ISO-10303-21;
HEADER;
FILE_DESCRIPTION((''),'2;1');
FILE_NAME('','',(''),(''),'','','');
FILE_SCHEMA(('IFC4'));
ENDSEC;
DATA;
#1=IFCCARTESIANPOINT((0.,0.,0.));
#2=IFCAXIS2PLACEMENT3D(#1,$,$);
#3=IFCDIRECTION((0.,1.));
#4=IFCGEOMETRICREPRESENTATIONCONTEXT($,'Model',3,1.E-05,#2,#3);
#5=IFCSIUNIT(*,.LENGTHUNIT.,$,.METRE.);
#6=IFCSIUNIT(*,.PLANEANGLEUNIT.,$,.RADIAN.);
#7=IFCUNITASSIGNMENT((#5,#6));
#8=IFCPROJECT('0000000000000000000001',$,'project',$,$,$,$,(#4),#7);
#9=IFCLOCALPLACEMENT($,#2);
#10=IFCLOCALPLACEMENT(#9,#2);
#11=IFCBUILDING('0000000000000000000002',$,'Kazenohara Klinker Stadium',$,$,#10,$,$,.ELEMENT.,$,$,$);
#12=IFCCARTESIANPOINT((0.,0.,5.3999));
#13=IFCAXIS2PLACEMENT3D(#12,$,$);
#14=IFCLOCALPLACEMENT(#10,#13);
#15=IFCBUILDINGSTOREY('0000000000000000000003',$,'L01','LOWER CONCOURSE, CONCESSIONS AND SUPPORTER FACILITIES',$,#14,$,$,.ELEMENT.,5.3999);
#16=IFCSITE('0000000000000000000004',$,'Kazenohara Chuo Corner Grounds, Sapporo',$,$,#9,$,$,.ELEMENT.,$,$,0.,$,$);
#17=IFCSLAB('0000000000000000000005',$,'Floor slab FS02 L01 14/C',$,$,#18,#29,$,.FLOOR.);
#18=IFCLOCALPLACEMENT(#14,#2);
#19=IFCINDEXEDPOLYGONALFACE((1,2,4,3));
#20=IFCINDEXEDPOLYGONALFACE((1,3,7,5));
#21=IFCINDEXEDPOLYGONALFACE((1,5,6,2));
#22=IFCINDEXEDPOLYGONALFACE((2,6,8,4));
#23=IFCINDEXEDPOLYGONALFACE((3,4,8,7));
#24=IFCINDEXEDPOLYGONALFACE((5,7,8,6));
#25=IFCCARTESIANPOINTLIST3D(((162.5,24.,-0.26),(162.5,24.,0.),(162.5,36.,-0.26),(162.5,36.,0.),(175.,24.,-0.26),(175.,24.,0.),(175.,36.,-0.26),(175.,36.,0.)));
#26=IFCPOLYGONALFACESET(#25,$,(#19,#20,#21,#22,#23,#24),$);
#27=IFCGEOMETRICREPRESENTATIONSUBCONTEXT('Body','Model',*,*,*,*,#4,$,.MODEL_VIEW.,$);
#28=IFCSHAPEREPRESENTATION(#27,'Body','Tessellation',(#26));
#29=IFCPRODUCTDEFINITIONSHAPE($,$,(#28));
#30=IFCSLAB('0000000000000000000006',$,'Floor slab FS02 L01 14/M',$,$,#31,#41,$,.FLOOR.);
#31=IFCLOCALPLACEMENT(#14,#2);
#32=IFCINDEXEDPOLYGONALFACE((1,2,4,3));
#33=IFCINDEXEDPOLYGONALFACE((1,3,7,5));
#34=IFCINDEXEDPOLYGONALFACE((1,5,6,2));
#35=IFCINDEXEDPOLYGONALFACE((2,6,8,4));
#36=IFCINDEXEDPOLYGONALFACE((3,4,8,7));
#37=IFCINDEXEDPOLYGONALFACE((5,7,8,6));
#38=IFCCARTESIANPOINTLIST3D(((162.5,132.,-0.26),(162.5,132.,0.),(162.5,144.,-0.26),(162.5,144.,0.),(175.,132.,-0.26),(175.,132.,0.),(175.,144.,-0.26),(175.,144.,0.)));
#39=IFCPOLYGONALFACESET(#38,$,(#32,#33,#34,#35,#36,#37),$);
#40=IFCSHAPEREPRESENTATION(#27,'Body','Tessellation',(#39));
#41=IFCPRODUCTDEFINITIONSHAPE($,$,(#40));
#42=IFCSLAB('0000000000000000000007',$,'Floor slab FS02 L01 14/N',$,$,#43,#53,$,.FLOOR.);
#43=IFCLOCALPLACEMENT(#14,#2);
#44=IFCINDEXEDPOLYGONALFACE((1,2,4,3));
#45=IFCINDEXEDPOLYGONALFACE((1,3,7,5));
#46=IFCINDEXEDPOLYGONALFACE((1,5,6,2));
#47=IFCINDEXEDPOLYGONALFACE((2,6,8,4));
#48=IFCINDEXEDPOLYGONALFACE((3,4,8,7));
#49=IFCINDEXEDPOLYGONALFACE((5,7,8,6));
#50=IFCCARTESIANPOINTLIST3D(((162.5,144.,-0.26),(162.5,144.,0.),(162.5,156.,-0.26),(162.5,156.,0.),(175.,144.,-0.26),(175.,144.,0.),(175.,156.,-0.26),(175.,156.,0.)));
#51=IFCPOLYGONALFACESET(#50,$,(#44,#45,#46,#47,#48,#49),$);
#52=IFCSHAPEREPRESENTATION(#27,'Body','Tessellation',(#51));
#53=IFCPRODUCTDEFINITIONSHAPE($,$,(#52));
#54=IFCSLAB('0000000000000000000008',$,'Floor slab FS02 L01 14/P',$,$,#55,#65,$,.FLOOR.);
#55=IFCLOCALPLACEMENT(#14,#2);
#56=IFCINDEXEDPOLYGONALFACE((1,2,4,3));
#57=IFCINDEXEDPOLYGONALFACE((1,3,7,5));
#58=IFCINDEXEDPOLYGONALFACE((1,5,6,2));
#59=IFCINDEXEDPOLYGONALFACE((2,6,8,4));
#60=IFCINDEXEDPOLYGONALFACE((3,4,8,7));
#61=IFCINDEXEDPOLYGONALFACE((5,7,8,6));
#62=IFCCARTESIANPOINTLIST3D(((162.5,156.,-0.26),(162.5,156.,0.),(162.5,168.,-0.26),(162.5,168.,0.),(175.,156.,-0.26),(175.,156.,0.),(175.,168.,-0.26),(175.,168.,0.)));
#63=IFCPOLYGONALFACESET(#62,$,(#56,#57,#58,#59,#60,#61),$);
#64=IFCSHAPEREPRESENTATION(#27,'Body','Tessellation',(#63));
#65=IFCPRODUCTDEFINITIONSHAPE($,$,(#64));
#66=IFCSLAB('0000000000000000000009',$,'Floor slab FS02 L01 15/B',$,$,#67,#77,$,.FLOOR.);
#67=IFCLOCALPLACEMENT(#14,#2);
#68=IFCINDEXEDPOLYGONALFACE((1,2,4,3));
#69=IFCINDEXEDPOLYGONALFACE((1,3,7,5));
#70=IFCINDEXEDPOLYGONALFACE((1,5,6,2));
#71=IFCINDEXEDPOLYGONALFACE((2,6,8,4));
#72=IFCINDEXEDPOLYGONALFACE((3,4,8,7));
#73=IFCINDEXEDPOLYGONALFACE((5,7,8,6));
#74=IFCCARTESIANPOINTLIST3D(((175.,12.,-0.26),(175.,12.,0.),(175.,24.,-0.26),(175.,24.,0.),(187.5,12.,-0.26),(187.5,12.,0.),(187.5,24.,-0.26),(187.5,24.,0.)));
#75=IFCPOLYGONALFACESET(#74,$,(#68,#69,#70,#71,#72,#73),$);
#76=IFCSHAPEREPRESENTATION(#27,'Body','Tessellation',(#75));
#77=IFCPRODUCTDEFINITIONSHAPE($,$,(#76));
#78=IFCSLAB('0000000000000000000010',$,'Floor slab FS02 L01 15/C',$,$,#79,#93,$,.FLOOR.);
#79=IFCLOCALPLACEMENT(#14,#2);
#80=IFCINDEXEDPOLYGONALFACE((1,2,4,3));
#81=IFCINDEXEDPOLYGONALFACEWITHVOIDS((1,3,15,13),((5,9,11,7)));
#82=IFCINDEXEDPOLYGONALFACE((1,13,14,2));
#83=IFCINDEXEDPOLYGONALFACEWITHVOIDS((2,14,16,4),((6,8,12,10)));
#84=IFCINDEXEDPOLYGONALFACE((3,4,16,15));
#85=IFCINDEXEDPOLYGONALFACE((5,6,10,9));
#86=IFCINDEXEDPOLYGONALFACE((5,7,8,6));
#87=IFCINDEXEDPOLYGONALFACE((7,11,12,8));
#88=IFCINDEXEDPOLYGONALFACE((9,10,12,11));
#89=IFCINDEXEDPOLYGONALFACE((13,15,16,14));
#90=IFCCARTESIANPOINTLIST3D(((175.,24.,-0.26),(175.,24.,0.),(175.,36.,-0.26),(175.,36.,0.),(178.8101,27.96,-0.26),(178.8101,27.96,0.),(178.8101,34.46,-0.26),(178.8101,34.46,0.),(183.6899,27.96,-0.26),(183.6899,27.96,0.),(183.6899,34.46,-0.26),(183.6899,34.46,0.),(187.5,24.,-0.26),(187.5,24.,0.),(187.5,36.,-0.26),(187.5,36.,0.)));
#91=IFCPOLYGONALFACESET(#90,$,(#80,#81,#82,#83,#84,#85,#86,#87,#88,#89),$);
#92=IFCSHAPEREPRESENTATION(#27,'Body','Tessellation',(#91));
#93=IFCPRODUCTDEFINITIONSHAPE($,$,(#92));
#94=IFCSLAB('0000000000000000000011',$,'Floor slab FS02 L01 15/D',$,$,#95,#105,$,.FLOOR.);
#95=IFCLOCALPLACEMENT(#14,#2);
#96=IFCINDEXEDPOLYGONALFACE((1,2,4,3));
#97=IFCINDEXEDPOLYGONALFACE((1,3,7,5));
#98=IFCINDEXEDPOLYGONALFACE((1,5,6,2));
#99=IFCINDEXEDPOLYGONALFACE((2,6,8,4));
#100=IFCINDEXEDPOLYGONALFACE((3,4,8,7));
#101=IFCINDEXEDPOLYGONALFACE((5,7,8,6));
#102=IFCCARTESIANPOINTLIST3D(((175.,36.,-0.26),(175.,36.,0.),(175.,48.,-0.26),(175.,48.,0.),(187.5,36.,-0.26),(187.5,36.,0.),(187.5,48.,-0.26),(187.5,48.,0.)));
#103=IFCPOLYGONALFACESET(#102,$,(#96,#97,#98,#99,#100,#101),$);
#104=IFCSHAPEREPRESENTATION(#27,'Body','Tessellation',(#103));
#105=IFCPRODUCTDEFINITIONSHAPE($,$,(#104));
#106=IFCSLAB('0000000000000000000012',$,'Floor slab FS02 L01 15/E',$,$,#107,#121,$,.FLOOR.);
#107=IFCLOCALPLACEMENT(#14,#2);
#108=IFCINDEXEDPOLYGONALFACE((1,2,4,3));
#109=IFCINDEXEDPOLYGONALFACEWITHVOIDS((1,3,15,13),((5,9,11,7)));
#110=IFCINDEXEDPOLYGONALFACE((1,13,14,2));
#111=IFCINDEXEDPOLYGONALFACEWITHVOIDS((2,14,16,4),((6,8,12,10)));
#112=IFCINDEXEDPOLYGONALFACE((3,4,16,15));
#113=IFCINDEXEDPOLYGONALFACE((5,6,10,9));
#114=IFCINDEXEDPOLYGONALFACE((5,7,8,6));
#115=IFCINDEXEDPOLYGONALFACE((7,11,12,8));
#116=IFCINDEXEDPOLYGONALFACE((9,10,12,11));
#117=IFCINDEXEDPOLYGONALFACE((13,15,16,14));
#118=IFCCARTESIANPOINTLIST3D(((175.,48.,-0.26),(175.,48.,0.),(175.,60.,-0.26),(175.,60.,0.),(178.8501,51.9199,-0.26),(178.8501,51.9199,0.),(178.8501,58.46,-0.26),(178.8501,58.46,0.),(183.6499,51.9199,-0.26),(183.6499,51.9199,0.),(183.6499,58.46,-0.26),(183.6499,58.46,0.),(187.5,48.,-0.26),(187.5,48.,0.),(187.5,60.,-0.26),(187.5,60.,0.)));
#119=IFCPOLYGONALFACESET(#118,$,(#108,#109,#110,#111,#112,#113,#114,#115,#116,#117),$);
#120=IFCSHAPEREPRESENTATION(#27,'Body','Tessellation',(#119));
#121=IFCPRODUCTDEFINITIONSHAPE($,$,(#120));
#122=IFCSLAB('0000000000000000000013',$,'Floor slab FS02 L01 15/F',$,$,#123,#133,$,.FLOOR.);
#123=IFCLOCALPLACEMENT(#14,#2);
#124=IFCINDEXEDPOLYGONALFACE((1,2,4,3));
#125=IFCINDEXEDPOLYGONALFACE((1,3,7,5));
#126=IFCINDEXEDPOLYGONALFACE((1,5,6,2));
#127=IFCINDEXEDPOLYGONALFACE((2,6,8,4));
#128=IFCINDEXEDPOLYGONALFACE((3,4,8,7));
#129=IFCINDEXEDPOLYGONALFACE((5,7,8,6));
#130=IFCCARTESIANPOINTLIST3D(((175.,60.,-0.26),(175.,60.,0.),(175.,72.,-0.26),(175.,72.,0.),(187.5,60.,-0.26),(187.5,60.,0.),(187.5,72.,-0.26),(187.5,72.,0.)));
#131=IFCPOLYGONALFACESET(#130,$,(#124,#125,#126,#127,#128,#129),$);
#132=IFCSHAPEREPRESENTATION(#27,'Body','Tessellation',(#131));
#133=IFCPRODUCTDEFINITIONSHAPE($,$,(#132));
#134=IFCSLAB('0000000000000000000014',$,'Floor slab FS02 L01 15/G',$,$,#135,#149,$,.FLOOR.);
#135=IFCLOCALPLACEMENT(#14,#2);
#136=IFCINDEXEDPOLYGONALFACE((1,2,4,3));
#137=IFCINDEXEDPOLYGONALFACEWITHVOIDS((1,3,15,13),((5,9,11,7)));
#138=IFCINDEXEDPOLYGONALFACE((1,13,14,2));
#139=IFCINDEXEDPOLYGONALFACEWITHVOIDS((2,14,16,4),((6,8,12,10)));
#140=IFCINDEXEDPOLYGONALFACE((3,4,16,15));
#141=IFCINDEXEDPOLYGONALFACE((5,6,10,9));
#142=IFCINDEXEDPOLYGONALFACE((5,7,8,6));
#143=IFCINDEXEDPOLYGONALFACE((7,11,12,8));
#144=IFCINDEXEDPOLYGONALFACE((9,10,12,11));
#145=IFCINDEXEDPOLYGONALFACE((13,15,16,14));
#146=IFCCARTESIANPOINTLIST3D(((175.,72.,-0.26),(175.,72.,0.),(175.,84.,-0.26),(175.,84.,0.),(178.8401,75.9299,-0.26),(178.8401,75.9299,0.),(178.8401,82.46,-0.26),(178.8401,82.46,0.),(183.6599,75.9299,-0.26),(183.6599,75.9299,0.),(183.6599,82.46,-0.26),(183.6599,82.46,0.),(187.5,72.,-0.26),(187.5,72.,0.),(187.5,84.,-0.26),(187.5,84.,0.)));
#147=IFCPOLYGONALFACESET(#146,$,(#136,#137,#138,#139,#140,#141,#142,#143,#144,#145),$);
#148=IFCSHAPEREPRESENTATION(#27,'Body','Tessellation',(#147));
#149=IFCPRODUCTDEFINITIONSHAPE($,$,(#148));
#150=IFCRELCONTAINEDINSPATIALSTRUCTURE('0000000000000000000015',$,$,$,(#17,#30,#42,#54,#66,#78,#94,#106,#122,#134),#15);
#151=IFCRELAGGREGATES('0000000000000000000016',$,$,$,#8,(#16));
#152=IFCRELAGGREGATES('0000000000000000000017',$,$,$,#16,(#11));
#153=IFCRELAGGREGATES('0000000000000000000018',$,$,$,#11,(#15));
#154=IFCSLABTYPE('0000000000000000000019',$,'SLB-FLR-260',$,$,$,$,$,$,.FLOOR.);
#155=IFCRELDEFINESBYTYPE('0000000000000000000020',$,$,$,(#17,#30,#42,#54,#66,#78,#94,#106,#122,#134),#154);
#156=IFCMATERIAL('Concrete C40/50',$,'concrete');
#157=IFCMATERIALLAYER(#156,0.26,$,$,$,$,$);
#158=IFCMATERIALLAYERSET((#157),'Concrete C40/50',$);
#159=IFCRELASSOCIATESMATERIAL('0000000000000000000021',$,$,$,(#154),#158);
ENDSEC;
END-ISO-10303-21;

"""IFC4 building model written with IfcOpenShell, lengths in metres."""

from ifc_helpers import new_model, si_unit, direction, frame, origin, place, context, subcontext, project, spatial, polyline, outline, extrude, material, layer, layer_set, type_object, element, save


model = new_model("IFC4")

# Units and contexts
model_context = context("Model", 3, precision=1e-05, world=origin(), true_north=direction((0.0, 1.0)))
body_context = subcontext(model_context, "Body", "Model", "MODEL_VIEW")
ifc_project = project(units=[si_unit("LENGTHUNIT", "METRE"), si_unit("PLANEANGLEUNIT", "RADIAN")], contexts=[model_context])

# Site, building, storey
site_placement = place(None, origin())
site = spatial("IfcSite", under=ifc_project, at=site_placement, Name="Kazenohara Chuo Corner Grounds, Sapporo", CompositionType="ELEMENT", RefElevation=0.0)
building_placement = place(site_placement, origin())
building = spatial("IfcBuilding", under=site, at=building_placement, Name="Kazenohara Klinker Stadium", CompositionType="ELEMENT")
storey_placement = place(building_placement, frame((0.0, 0.0, 5.3999)))
storey = spatial("IfcBuildingStorey", under=building, at=storey_placement, Name="L01", Description="LOWER CONCOURSE, CONCESSIONS AND SUPPORTER FACILITIES", CompositionType="ELEMENT", Elevation=5.3999)

# Slabs
ifc_material = material(Name="Concrete C40/50", Category="concrete")
ifc_layer = layer(ifc_material, 0.26)
ifc_layer_set = layer_set([ifc_layer], Name="Concrete C40/50")
slab_type = type_object("IfcSlabType", Name="SLB-FLR-260", PredefinedType="FLOOR", material=ifc_layer_set)
slab_1_placement = place(storey_placement, frame((0.0, 0.0, -0.26)))
element("IfcSlab", 1, at=slab_1_placement, inside=storey, type_object=slab_type, Name="Floor slab FS02 L01 14/C", PredefinedType="FLOOR", context=body_context, shape_type="SweptSolid", body=[
    extrude(outline(polyline([(162.5, 24.0), (175.0, 24.0), (175.0, 36.0), (162.5, 36.0), (162.5, 24.0)])), origin(), (0.0, 0.0, 1.0), 0.26),
])
slab_2_placement = place(storey_placement, frame((0.0, 0.0, -0.26)))
element("IfcSlab", 2, at=slab_2_placement, inside=storey, type_object=slab_type, Name="Floor slab FS02 L01 14/M", PredefinedType="FLOOR", context=body_context, shape_type="SweptSolid", body=[
    extrude(outline(polyline([(162.5, 132.0), (175.0, 132.0), (175.0, 144.0), (162.5, 144.0), (162.5, 132.0)])), origin(), (0.0, 0.0, 1.0), 0.26),
])
slab_3_placement = place(storey_placement, frame((0.0, 0.0, -0.26)))
element("IfcSlab", 3, at=slab_3_placement, inside=storey, type_object=slab_type, Name="Floor slab FS02 L01 14/N", PredefinedType="FLOOR", context=body_context, shape_type="SweptSolid", body=[
    extrude(outline(polyline([(162.5, 144.0), (175.0, 144.0), (175.0, 156.0), (162.5, 156.0), (162.5, 144.0)])), origin(), (0.0, 0.0, 1.0), 0.26),
])
slab_4_placement = place(storey_placement, frame((0.0, 0.0, -0.26)))
element("IfcSlab", 4, at=slab_4_placement, inside=storey, type_object=slab_type, Name="Floor slab FS02 L01 14/P", PredefinedType="FLOOR", context=body_context, shape_type="SweptSolid", body=[
    extrude(outline(polyline([(162.5, 156.0), (175.0, 156.0), (175.0, 168.0), (162.5, 168.0), (162.5, 156.0)])), origin(), (0.0, 0.0, 1.0), 0.26),
])
slab_5_placement = place(storey_placement, frame((0.0, 0.0, -0.26)))
element("IfcSlab", 5, at=slab_5_placement, inside=storey, type_object=slab_type, Name="Floor slab FS02 L01 15/B", PredefinedType="FLOOR", context=body_context, shape_type="SweptSolid", body=[
    extrude(outline(polyline([(175.0, 12.0), (187.5, 12.0), (187.5, 24.0), (175.0, 24.0), (175.0, 12.0)])), origin(), (0.0, 0.0, 1.0), 0.26),
])
slab_6_placement = place(storey_placement, frame((0.0, 0.0, -0.26)))
element("IfcSlab", 6, at=slab_6_placement, inside=storey, type_object=slab_type, Name="Floor slab FS02 L01 15/C", PredefinedType="FLOOR", context=body_context, shape_type="SweptSolid", body=[
    extrude(outline(polyline([(175.0, 24.0), (187.5, 24.0), (187.5, 36.0), (175.0, 36.0), (175.0, 24.0)]), holes=[polyline([(183.6899, 27.96), (183.6899, 34.46), (178.8101, 34.46), (178.8101, 27.96), (183.6899, 27.96)])]), origin(), (0.0, 0.0, 1.0), 0.26),
])
slab_7_placement = place(storey_placement, frame((0.0, 0.0, -0.26)))
element("IfcSlab", 7, at=slab_7_placement, inside=storey, type_object=slab_type, Name="Floor slab FS02 L01 15/D", PredefinedType="FLOOR", context=body_context, shape_type="SweptSolid", body=[
    extrude(outline(polyline([(175.0, 36.0), (187.5, 36.0), (187.5, 48.0), (175.0, 48.0), (175.0, 36.0)])), origin(), (0.0, 0.0, 1.0), 0.26),
])
slab_8_placement = place(storey_placement, frame((0.0, 0.0, -0.26)))
element("IfcSlab", 8, at=slab_8_placement, inside=storey, type_object=slab_type, Name="Floor slab FS02 L01 15/E", PredefinedType="FLOOR", context=body_context, shape_type="SweptSolid", body=[
    extrude(outline(polyline([(175.0, 48.0), (187.5, 48.0), (187.5, 60.0), (175.0, 60.0), (175.0, 48.0)]), holes=[polyline([(183.6499, 51.9199), (183.6499, 58.46), (178.8501, 58.46), (178.8501, 51.9199), (183.6499, 51.9199)])]), origin(), (0.0, 0.0, 1.0), 0.26),
])
slab_9_placement = place(storey_placement, frame((0.0, 0.0, -0.26)))
element("IfcSlab", 9, at=slab_9_placement, inside=storey, type_object=slab_type, Name="Floor slab FS02 L01 15/F", PredefinedType="FLOOR", context=body_context, shape_type="SweptSolid", body=[
    extrude(outline(polyline([(175.0, 60.0), (187.5, 60.0), (187.5, 72.0), (175.0, 72.0), (175.0, 60.0)])), origin(), (0.0, 0.0, 1.0), 0.26),
])
slab_10_placement = place(storey_placement, frame((0.0, 0.0, -0.26)))
element("IfcSlab", 10, at=slab_10_placement, inside=storey, type_object=slab_type, Name="Floor slab FS02 L01 15/G", PredefinedType="FLOOR", context=body_context, shape_type="SweptSolid", body=[
    extrude(outline(polyline([(175.0, 72.0), (187.5, 72.0), (187.5, 84.0), (175.0, 84.0), (175.0, 72.0)]), holes=[polyline([(183.6599, 75.9299), (183.6599, 82.46), (178.8401, 82.46), (178.8401, 75.9299), (183.6599, 75.9299)])]), origin(), (0.0, 0.0, 1.0), 0.26),
])

save(model, "model.ifc")
